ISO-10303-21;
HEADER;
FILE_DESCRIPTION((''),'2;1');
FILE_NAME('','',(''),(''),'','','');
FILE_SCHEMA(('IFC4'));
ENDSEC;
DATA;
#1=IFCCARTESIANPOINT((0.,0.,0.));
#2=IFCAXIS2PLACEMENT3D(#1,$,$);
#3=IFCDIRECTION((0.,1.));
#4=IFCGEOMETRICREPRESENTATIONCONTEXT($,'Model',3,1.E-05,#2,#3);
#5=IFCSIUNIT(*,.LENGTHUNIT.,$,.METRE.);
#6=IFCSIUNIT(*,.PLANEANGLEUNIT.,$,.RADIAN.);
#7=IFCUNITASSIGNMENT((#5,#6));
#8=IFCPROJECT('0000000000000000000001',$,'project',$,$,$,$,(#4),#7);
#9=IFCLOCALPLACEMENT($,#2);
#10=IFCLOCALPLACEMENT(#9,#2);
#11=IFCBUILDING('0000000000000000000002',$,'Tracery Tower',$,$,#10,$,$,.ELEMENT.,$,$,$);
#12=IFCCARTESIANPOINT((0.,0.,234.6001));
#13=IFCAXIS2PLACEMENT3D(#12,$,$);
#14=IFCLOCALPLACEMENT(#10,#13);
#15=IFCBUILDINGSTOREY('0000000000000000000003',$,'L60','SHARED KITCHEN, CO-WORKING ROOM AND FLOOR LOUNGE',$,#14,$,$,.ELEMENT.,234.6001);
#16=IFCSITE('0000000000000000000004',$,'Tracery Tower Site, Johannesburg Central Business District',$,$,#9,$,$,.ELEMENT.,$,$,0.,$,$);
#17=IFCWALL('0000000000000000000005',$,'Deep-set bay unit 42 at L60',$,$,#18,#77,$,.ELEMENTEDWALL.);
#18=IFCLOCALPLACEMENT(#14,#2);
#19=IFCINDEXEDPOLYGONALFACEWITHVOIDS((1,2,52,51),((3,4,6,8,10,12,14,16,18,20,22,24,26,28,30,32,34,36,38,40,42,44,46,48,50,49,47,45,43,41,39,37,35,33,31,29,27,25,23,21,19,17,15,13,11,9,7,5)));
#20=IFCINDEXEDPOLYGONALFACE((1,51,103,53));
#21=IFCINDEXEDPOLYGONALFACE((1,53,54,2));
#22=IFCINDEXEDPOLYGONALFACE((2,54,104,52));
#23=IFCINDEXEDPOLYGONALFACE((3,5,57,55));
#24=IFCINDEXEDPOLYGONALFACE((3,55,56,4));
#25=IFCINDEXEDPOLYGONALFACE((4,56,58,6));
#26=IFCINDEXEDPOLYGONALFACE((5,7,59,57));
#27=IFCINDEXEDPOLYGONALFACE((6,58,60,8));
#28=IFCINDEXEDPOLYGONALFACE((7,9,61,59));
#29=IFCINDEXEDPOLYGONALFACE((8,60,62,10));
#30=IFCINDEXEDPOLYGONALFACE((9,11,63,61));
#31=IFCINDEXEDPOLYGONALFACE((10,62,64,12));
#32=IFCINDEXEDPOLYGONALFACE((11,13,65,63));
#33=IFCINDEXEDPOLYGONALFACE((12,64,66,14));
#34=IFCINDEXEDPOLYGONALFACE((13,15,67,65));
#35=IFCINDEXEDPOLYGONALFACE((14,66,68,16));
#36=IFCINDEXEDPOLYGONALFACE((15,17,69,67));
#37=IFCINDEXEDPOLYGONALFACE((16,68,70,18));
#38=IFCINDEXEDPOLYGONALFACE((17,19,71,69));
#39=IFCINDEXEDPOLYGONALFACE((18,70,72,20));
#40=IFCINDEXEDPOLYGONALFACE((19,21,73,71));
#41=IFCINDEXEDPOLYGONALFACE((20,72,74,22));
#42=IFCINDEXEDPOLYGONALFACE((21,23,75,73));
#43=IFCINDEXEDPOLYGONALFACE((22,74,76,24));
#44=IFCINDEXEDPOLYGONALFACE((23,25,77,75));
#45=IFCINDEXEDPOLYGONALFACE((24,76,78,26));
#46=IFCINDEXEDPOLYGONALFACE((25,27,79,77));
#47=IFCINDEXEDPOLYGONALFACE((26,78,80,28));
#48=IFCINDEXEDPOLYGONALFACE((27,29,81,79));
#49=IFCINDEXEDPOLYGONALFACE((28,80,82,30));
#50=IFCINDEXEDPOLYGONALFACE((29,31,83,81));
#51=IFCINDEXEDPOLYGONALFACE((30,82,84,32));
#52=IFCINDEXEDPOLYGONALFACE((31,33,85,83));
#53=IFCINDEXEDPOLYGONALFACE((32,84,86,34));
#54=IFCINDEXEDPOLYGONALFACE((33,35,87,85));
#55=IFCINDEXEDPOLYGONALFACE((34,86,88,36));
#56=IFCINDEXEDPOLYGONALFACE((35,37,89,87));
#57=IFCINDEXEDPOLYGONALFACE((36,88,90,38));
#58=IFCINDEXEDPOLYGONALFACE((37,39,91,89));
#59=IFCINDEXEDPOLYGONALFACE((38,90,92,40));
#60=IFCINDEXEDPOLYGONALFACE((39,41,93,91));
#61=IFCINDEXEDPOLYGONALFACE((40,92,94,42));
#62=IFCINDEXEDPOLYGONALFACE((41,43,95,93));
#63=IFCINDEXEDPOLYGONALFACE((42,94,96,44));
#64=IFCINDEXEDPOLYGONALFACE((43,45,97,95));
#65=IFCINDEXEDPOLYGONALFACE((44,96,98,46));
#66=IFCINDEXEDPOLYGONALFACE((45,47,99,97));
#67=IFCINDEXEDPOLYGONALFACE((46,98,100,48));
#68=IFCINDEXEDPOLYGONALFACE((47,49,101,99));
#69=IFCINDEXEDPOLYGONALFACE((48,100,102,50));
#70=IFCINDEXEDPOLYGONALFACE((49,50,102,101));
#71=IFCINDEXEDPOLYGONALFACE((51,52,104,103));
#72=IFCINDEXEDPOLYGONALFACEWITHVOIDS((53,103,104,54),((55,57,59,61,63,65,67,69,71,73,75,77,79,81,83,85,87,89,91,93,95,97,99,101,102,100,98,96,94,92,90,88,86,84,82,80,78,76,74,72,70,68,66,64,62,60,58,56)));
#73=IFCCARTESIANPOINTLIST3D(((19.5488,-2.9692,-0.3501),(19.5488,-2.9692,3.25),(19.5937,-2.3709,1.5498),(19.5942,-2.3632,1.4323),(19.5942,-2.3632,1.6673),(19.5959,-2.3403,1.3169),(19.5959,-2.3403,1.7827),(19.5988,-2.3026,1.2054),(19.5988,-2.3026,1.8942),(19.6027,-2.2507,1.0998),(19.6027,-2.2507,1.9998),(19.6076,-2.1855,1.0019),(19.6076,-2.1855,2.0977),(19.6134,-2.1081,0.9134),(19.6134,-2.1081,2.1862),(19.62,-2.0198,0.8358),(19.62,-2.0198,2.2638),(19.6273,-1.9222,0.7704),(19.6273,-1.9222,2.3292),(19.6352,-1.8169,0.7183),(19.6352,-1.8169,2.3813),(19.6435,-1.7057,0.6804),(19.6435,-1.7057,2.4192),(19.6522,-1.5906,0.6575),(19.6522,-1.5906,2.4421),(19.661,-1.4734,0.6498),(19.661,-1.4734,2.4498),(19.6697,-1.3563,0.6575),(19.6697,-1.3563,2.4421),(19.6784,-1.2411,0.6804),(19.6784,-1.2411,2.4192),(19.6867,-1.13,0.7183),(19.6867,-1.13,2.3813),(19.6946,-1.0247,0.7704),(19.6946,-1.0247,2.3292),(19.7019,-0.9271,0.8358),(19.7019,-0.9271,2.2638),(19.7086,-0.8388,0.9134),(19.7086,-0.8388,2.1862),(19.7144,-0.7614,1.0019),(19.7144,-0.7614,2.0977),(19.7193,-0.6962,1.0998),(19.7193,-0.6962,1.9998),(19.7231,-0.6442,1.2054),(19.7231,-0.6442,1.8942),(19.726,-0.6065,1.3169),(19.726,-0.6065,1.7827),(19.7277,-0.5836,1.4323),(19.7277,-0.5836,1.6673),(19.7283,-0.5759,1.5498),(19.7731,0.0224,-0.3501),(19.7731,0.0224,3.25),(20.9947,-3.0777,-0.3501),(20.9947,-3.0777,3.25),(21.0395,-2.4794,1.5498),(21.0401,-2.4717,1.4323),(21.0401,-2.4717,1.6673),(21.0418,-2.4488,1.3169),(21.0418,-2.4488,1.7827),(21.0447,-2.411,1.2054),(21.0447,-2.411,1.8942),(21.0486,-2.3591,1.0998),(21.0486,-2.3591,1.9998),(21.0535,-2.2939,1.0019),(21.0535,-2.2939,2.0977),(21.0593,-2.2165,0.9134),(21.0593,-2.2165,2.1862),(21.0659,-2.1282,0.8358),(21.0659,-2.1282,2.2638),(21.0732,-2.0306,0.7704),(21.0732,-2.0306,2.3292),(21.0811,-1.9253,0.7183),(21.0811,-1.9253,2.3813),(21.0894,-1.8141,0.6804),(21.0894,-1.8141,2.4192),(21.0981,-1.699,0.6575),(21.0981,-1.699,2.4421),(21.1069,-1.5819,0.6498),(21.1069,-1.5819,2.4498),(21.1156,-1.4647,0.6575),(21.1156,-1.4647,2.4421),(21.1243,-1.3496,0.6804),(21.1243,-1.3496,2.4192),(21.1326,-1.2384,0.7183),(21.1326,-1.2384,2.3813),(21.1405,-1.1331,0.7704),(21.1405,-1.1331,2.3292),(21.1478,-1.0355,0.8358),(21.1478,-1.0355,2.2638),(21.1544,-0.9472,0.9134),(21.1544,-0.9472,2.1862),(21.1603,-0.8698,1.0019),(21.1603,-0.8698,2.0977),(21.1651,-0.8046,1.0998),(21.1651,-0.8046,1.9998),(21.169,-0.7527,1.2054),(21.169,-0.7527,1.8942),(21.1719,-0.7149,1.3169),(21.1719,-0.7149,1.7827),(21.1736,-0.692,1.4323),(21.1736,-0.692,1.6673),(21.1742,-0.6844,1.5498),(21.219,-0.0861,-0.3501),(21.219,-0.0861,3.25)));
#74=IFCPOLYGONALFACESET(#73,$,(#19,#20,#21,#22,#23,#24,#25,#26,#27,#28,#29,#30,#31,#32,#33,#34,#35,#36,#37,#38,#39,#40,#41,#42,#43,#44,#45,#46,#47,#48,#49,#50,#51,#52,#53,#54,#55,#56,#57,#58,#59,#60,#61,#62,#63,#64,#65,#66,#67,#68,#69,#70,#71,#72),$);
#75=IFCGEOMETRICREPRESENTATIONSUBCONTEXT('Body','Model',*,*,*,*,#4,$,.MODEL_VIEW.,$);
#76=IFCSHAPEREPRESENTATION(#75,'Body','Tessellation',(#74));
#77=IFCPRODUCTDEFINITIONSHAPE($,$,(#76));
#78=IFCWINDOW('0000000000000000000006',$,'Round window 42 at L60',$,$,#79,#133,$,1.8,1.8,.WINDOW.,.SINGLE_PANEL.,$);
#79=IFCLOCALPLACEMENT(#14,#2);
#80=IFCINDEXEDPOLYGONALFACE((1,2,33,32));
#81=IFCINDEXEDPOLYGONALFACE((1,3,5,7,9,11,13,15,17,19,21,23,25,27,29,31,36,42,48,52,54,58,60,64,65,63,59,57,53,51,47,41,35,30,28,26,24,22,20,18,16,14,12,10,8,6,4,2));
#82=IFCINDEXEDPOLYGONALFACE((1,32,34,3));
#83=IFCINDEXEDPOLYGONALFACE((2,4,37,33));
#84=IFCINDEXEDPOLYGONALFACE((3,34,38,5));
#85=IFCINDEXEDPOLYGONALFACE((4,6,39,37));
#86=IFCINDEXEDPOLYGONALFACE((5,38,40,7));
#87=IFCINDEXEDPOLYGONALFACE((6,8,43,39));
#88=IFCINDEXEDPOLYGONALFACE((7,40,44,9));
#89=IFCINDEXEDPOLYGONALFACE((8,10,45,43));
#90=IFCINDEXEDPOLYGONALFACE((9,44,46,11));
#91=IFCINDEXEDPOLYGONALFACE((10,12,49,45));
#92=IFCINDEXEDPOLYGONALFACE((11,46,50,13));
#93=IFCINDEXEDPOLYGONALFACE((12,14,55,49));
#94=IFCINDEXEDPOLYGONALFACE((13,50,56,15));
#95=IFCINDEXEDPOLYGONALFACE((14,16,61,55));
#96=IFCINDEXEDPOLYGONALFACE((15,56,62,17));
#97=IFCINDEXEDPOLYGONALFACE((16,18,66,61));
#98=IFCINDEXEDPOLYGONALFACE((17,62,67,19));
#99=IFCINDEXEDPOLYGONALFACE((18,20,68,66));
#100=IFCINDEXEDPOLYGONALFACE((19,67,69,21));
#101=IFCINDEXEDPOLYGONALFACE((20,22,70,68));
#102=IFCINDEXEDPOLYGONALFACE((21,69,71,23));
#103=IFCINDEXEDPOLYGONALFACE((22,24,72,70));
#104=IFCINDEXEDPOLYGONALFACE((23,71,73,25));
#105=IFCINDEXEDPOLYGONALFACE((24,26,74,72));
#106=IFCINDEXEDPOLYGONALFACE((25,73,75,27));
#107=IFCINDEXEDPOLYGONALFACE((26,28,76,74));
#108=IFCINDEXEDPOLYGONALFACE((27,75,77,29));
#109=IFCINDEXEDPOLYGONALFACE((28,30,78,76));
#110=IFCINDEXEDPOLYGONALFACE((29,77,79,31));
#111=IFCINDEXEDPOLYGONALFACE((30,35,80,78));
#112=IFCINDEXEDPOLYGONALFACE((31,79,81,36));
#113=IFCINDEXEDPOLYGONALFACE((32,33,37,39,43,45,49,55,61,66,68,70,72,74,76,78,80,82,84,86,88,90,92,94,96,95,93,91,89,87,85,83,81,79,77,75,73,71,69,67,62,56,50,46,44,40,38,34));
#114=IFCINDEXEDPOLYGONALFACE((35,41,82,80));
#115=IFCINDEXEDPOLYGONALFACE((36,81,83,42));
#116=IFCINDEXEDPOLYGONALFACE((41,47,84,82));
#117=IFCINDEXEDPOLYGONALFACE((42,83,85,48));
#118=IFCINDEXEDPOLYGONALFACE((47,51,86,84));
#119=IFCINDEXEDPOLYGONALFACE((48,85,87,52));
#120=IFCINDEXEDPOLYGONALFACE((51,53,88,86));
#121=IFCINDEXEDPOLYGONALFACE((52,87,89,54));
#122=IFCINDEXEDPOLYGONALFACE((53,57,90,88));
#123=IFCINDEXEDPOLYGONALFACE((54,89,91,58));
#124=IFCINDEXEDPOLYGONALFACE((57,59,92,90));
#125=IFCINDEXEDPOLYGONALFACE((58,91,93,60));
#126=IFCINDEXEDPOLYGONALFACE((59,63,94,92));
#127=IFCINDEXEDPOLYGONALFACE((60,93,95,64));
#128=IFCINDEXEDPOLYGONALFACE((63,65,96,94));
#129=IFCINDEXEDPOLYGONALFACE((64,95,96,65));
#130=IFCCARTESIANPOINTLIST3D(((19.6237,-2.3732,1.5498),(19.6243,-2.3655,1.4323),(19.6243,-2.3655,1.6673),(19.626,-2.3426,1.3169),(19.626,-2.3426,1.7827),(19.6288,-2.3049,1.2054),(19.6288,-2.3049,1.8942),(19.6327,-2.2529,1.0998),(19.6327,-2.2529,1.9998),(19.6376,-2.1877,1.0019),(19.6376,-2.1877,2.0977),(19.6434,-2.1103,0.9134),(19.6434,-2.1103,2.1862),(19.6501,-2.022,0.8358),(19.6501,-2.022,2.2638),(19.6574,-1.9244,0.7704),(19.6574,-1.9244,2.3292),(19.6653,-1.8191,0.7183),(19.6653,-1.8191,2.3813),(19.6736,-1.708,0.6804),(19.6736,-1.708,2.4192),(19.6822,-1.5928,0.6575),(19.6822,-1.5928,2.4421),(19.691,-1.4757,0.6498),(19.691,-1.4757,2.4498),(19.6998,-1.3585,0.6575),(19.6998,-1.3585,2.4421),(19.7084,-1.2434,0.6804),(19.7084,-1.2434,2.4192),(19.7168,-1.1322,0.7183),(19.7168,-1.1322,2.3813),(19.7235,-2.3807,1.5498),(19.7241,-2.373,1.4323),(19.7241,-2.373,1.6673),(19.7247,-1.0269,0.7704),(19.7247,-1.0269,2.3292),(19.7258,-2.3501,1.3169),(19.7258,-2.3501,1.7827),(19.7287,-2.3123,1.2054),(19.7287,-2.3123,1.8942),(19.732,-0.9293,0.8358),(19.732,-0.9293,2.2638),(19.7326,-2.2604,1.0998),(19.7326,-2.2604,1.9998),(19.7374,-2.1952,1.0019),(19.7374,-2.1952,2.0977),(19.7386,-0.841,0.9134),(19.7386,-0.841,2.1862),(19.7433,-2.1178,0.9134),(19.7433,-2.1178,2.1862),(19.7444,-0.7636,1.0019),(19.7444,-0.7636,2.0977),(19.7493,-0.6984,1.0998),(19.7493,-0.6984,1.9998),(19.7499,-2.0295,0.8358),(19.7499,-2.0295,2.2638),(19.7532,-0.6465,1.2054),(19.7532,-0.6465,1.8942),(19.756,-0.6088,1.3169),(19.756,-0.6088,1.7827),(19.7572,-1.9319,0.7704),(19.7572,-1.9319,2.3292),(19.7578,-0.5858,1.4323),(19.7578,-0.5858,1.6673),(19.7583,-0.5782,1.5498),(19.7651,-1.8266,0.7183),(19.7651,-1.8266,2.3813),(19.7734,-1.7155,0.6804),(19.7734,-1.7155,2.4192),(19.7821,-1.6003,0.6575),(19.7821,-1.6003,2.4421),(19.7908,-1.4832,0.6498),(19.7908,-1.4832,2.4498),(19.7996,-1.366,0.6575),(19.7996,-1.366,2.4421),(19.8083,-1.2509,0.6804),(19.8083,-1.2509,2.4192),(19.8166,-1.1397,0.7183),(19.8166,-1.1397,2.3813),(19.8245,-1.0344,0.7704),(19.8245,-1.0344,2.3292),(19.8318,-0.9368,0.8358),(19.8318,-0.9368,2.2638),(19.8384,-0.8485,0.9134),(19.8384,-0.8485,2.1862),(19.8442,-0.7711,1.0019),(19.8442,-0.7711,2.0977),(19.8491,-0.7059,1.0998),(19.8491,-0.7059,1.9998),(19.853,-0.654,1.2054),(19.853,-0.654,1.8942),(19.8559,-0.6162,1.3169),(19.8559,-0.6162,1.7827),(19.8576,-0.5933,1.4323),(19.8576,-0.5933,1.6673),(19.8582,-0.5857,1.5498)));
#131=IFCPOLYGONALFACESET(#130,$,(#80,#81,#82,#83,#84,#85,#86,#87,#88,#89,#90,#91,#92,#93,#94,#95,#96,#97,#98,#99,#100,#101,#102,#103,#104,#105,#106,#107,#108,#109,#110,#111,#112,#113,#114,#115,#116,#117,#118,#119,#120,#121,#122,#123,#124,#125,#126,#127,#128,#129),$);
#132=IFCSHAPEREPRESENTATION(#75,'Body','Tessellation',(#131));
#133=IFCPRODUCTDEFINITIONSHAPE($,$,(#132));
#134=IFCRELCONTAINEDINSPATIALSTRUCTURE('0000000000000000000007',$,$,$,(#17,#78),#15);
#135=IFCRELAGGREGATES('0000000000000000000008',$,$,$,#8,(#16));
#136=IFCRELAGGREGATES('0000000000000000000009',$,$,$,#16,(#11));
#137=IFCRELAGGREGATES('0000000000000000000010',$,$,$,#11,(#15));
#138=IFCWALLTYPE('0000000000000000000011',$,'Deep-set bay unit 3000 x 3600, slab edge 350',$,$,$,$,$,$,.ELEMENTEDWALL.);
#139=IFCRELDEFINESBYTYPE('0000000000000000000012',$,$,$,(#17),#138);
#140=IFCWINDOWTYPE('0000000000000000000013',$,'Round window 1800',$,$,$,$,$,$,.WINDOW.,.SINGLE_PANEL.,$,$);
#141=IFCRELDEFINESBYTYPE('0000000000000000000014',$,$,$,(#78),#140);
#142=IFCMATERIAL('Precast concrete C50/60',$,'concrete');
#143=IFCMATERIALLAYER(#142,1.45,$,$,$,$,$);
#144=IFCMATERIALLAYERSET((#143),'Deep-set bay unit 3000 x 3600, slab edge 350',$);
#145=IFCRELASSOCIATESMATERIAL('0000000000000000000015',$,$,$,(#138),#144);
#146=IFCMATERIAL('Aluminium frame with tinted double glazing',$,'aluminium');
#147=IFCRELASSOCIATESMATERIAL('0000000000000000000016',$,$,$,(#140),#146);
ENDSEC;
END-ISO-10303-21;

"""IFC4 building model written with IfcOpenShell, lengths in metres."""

from ifc_helpers import new_model, si_unit, direction, frame, frame_2d, origin, origin_2d, place, context, subcontext, project, spatial, rectangle, circle, extrude, material, layer, layer_set, type_object, element, fill, save


model = new_model("IFC4")

# Units and contexts
model_context = context("Model", 3, precision=1e-05, world=origin(), true_north=direction((0.0, 1.0)))
body_context = subcontext(model_context, "Body", "Model", "MODEL_VIEW")
ifc_project = project(units=[si_unit("LENGTHUNIT", "METRE"), si_unit("PLANEANGLEUNIT", "RADIAN")], contexts=[model_context])

# Site, building, storey
site_placement = place(None, origin())
site = spatial("IfcSite", under=ifc_project, at=site_placement, Name="Tracery Tower Site, Johannesburg Central Business District", CompositionType="ELEMENT", RefElevation=0.0)
building_placement = place(site_placement, origin())
building = spatial("IfcBuilding", under=site, at=building_placement, Name="Tracery Tower", CompositionType="ELEMENT")
storey_placement = place(building_placement, frame((0.0, 0.0, 234.6001)))
storey = spatial("IfcBuildingStorey", under=building, at=storey_placement, Name="L60", Description="SHARED KITCHEN, CO-WORKING ROOM AND FLOOR LOUNGE", CompositionType="ELEMENT", Elevation=234.6001)

# Wall, opening, window
ifc_material_1 = material(Name="Precast concrete C50/60", Category="concrete")
ifc_layer_1 = layer(ifc_material_1, 1.45)
ifc_layer_set_1 = layer_set([ifc_layer_1], Name="Deep-set bay unit 3000 x 3600, slab edge 350")
wall_type_1 = type_object("IfcWallType", Name="Deep-set bay unit 3000 x 3600, slab edge 350", PredefinedType="ELEMENTEDWALL", material=ifc_layer_set_1)
wall_1_placement = place(storey_placement, frame((20.2717, -3.0234, -0.3501), z_axis=(0.0, 0.0, 1.0), x_axis=(0.074786, 0.9972, 0.0)))
wall_1 = element("IfcWall", 1, at=wall_1_placement, inside=storey, type_object=wall_type_1, Name="Deep-set bay unit 42 at L60", PredefinedType="ELEMENTEDWALL", context=body_context, shape_type="SweptSolid", body=[
    extrude(rectangle(XDim=3.0, YDim=1.45, at=frame_2d((1.5, 0.0))), origin(), (0.0, 0.0, 1.0), 3.6001),
])
opening_1_placement = place(wall_1_placement, frame((1.5, 0.0, 1.8999)))
opening_1 = element("IfcOpeningElement", 2, at=opening_1_placement, cuts=wall_1, PredefinedType="OPENING", context=body_context, shape_type="SweptSolid", body=[
    extrude(circle(Radius=0.9, at=origin_2d()), frame((0.0, 0.7349, 0.0), z_axis=(0.0, -1.0, 0.0), x_axis=(1.0, 0.0, 0.0)), (0.0, 0.0, 1.0), 1.47),
])
ifc_material_2 = material(Name="Aluminium frame with tinted double glazing", Category="aluminium")
window_type = type_object("IfcWindowType", Name="Round window 1800", PartitioningType="SINGLE_PANEL", PredefinedType="WINDOW", material=ifc_material_2)
window_1_placement = place(opening_1_placement, origin())
window_1 = element("IfcWindow", 3, at=window_1_placement, inside=storey, type_object=window_type, Name="Round window 42 at L60", OverallHeight=1.8, OverallWidth=1.8, PartitioningType="SINGLE_PANEL", PredefinedType="WINDOW", context=body_context, shape_type="SweptSolid", body=[
    extrude(circle(Radius=0.9, at=origin_2d()), frame((0.0, 0.6948, 0.0), z_axis=(0.0, -1.0, 0.0), x_axis=(1.0, 0.0, 0.0)), (0.0, 0.0, 1.0), 0.1001),
])
fill(opening_1, window_1)

save(model, "model.ifc")
